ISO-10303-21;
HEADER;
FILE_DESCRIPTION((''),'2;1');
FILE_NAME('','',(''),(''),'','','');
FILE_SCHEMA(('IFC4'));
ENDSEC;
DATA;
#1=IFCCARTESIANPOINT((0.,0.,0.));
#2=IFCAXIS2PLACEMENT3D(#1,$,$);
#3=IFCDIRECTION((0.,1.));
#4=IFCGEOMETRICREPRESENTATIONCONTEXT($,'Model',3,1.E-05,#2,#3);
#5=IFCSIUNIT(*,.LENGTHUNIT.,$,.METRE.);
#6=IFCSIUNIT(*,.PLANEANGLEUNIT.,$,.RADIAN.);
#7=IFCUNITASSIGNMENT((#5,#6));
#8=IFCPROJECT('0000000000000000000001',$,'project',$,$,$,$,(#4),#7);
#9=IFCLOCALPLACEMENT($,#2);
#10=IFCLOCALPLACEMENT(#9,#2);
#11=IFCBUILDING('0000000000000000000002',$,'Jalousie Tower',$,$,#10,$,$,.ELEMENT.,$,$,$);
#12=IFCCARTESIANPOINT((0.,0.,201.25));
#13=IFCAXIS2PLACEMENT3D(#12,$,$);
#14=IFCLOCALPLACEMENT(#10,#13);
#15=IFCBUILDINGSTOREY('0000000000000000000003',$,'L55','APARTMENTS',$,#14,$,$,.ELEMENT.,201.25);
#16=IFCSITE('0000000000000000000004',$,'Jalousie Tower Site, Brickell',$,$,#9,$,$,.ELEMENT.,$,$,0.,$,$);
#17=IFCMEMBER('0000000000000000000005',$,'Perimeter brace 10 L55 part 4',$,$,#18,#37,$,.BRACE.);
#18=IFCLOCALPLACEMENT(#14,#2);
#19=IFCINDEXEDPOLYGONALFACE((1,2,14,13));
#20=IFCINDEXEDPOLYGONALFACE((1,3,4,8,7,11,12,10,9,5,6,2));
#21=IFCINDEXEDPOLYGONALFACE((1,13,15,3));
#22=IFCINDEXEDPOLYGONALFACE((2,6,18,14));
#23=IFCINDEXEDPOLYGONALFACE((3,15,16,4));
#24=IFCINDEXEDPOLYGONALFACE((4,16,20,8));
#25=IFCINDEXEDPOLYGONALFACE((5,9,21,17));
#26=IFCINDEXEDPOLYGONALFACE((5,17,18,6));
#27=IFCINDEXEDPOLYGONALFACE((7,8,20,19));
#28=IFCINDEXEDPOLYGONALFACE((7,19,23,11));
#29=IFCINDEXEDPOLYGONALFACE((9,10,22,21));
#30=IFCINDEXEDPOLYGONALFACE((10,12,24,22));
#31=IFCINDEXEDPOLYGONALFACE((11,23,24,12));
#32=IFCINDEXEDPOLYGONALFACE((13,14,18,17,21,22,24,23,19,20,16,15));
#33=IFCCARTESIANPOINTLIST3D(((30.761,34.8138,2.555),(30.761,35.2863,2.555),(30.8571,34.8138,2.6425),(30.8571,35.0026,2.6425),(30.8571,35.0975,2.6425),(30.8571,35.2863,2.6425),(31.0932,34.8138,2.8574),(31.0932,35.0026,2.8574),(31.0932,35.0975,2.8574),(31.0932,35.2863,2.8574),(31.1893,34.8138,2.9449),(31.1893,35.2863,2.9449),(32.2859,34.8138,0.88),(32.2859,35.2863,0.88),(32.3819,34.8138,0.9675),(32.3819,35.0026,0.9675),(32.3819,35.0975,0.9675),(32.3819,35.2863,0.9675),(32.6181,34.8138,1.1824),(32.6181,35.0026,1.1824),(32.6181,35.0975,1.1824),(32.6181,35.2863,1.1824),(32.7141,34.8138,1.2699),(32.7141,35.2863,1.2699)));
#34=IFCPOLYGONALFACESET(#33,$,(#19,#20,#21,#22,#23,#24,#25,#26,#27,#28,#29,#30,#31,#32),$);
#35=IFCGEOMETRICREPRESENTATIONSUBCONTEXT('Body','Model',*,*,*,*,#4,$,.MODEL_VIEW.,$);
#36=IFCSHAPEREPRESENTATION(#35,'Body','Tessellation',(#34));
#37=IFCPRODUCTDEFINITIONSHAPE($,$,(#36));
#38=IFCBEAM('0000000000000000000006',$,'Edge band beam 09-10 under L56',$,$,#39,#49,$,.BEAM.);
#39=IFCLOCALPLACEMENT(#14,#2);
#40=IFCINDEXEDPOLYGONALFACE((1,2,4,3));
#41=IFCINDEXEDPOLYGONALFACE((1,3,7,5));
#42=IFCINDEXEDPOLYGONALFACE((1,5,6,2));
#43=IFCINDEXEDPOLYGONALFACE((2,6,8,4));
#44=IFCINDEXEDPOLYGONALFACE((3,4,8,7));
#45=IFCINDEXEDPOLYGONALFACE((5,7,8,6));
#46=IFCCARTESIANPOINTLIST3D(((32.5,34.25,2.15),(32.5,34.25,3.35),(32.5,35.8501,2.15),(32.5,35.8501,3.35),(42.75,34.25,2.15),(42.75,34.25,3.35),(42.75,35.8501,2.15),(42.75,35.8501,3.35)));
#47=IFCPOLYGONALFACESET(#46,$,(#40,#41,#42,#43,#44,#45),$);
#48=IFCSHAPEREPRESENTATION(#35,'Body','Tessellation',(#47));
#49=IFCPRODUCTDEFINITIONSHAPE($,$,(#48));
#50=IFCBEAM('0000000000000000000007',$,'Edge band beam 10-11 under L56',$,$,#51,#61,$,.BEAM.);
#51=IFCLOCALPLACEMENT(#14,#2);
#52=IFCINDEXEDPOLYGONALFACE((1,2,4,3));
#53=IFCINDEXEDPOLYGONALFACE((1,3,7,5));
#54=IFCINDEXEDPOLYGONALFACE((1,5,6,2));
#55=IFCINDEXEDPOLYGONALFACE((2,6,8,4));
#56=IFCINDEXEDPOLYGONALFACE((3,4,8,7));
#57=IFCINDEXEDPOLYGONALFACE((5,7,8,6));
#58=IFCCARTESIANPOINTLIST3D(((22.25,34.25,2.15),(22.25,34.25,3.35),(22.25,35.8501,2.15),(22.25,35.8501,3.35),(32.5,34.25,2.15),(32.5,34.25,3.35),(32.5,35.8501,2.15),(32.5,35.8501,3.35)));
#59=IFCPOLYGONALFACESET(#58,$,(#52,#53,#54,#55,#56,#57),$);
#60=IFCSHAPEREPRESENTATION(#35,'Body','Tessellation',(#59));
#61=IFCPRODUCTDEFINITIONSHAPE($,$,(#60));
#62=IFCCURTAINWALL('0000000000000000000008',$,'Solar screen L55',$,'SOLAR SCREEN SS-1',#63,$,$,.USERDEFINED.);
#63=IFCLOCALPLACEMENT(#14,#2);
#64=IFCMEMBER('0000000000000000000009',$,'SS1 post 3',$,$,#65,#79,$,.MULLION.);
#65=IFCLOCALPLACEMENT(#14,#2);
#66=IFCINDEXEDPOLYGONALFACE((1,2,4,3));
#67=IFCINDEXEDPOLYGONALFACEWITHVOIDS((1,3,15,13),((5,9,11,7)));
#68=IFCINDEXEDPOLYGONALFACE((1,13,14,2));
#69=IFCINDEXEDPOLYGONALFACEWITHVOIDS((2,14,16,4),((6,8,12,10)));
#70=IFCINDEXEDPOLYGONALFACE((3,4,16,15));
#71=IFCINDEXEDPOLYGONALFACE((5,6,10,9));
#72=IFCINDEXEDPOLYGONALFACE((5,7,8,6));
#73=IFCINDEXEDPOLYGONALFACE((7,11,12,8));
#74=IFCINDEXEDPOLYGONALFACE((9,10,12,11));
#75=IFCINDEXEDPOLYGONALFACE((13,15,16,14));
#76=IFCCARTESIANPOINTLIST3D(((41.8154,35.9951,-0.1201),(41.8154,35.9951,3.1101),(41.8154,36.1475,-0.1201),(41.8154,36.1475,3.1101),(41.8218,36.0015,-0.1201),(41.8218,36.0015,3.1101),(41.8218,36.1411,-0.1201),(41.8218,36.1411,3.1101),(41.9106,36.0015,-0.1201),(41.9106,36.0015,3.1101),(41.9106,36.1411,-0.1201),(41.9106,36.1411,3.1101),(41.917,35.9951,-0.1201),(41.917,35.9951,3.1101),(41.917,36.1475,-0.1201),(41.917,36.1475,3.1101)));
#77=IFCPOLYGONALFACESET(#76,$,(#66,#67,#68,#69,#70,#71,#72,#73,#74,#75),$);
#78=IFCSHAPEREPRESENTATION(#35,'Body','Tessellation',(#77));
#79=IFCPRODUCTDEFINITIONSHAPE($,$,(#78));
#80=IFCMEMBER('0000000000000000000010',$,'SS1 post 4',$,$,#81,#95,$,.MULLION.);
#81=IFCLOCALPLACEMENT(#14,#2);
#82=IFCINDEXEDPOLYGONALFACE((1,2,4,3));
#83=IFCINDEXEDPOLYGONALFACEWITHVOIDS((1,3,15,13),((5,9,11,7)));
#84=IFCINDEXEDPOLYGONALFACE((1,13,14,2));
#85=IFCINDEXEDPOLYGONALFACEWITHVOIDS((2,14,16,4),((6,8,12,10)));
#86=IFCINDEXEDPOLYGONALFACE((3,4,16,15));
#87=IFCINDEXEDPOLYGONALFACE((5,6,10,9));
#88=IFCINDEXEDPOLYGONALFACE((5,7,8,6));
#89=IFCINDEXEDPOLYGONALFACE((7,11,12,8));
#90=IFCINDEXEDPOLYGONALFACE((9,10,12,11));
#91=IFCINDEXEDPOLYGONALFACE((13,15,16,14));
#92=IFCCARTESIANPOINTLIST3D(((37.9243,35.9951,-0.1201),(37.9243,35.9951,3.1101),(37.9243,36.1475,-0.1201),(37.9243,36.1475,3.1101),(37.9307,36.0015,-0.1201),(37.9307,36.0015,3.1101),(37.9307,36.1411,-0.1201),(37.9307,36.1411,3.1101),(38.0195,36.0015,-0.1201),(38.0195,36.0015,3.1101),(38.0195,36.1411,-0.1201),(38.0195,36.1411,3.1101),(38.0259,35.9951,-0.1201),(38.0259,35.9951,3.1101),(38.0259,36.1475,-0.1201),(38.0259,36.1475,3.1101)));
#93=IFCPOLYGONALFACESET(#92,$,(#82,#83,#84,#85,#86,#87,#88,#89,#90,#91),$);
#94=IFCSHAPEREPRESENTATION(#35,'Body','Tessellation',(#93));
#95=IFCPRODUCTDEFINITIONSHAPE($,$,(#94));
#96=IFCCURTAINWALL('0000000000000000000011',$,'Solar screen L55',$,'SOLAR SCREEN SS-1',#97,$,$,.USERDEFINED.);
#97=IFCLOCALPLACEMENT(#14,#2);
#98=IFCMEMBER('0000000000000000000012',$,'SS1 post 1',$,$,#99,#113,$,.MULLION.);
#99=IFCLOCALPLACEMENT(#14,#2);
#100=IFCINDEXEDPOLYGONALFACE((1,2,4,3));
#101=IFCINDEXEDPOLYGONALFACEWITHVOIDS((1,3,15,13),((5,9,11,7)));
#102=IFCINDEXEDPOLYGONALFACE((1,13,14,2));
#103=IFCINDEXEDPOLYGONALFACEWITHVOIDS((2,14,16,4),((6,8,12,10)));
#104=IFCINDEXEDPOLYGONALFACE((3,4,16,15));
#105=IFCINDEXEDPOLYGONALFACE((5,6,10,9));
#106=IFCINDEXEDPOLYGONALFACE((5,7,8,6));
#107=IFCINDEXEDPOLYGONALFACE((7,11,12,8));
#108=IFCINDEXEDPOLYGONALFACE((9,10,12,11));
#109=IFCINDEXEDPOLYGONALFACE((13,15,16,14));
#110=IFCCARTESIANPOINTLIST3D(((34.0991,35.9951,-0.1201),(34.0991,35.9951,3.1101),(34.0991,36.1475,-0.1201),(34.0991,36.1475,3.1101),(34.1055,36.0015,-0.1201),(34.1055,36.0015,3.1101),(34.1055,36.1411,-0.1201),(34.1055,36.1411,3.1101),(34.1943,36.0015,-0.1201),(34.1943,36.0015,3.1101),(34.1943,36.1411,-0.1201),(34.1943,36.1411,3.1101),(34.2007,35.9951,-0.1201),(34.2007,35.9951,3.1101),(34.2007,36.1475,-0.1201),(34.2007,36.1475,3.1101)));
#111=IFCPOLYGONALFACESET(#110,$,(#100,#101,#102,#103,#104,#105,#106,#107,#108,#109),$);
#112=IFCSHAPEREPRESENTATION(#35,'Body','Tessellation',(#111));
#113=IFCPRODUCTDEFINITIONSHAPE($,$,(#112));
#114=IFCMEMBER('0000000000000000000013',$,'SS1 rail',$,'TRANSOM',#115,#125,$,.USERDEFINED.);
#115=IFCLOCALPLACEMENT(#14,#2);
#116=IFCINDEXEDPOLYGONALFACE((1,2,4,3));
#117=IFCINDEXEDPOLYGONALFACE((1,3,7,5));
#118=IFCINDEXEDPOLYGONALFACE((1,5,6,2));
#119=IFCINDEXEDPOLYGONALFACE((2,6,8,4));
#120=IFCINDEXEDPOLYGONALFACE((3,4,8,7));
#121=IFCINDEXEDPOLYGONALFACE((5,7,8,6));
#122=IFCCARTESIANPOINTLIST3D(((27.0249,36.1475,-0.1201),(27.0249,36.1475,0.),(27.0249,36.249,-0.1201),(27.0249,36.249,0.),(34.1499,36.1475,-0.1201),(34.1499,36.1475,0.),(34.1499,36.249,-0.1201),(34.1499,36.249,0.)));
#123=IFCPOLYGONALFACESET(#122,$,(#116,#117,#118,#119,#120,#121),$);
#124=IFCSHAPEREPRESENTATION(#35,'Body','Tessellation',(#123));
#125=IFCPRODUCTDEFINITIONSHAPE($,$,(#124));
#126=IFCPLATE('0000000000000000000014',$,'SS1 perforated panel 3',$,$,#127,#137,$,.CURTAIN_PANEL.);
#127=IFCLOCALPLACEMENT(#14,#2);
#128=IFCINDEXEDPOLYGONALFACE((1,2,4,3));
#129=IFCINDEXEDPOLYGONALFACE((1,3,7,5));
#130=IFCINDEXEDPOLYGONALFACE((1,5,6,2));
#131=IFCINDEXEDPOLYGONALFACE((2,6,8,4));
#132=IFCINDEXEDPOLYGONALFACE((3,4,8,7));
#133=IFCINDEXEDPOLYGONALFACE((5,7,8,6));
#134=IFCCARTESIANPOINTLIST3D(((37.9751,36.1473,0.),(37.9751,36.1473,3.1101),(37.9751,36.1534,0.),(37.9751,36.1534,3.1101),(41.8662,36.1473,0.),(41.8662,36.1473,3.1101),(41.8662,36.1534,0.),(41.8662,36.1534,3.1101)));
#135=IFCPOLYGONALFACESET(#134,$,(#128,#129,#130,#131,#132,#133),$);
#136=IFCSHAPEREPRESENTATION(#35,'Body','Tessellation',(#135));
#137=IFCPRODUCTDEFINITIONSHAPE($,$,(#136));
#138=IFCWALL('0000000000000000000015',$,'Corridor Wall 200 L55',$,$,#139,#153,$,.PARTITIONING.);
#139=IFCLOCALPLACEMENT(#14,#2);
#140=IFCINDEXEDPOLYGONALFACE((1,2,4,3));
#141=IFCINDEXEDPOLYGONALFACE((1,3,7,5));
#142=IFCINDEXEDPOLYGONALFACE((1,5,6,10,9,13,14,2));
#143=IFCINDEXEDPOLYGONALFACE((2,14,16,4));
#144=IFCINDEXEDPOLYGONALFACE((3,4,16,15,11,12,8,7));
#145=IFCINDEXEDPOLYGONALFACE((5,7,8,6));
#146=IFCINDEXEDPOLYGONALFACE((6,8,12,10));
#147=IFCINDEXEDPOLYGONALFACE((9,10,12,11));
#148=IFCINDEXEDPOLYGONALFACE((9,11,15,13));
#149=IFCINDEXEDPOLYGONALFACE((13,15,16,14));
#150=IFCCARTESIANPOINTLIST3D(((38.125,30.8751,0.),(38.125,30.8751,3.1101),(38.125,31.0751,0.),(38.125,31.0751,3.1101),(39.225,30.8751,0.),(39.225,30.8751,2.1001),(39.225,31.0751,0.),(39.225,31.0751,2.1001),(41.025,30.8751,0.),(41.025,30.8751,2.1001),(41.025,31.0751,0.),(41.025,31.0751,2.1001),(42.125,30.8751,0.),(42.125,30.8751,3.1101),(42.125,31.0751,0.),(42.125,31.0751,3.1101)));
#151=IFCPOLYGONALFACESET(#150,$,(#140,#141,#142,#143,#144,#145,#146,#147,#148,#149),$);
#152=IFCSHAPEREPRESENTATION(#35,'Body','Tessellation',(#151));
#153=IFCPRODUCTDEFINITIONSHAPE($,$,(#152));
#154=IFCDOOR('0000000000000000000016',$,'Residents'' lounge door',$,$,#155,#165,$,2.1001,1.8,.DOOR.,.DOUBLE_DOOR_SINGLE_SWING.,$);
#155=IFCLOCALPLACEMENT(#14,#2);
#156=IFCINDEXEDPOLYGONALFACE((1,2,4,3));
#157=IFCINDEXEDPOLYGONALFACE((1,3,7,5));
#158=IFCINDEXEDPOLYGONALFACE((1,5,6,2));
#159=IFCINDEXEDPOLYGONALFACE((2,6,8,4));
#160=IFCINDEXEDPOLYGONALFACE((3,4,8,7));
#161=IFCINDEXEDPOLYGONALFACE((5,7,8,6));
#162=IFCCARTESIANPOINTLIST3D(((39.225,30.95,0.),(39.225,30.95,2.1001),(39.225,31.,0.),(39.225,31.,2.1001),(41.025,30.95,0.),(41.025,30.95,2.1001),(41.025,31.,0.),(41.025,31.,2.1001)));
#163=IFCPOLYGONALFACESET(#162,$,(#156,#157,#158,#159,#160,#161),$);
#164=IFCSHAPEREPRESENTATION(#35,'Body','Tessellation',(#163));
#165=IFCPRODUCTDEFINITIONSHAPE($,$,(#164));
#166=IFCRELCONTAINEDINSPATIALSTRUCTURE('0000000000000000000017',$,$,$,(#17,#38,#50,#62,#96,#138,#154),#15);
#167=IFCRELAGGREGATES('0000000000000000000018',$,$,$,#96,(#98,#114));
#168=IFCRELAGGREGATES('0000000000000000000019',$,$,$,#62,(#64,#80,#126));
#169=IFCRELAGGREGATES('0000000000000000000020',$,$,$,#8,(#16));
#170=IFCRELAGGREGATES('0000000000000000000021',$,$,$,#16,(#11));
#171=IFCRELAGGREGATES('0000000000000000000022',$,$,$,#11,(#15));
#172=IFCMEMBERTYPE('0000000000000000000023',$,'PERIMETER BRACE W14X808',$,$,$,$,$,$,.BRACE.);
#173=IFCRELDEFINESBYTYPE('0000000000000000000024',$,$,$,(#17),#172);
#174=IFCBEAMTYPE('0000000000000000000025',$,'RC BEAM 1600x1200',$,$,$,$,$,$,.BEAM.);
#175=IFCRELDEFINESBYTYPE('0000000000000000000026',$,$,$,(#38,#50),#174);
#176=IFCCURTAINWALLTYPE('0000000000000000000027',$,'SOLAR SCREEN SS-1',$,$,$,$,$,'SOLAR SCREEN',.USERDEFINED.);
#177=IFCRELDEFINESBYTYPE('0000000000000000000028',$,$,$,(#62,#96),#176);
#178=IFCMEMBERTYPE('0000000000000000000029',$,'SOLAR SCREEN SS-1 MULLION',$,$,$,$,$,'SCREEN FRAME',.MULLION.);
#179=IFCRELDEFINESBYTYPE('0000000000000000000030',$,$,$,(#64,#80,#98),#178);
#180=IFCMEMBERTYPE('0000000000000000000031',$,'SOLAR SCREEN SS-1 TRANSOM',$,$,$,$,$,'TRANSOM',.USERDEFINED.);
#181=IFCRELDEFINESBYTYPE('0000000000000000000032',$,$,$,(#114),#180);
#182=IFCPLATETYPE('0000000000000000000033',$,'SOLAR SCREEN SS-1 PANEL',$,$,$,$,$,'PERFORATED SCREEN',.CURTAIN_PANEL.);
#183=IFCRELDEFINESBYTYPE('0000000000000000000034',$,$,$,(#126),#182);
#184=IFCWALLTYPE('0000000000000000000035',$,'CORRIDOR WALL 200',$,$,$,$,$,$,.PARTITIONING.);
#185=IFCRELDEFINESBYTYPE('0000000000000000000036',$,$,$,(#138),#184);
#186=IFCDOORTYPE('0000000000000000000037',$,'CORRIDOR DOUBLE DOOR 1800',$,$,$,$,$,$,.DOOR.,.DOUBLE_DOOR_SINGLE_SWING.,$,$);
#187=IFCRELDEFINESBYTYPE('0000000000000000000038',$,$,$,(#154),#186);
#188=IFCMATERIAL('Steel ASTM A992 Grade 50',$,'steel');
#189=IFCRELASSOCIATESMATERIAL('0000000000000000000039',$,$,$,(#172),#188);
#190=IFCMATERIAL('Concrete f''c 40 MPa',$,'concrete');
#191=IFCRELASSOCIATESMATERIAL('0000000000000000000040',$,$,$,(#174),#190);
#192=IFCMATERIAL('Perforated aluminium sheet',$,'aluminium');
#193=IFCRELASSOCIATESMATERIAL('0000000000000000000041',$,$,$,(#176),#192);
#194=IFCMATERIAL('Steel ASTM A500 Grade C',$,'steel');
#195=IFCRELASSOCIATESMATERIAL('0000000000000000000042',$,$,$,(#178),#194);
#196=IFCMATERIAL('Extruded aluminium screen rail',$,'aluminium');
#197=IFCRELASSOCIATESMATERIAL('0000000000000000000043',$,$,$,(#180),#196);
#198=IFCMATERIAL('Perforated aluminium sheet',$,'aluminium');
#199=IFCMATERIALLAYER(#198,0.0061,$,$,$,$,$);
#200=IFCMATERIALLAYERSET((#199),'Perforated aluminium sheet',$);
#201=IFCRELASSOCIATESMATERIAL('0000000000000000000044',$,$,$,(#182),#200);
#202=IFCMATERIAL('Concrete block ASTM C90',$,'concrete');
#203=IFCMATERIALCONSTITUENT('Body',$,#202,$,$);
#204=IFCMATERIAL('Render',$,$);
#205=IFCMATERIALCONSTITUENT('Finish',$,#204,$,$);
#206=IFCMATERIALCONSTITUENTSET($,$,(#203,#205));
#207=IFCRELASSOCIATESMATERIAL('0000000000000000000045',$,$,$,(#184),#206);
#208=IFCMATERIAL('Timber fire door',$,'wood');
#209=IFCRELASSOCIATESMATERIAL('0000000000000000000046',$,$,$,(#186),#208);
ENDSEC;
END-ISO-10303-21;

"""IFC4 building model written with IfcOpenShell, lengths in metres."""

from ifc_helpers import new_model, si_unit, direction, frame, frame_2d, origin, origin_2d, place, context, subcontext, project, spatial, rectangle, hollow_rectangle, i_section, extrude, material, layer, layer_set, constituent, constituent_set, material_profile, profile_set, type_object, element, fill, aggregate, save


model = new_model("IFC4")

# Units and contexts
model_context = context("Model", 3, precision=1e-05, world=origin(), true_north=direction((0.0, 1.0)))
body_context = subcontext(model_context, "Body", "Model", "MODEL_VIEW")
ifc_project = project(units=[si_unit("LENGTHUNIT", "METRE"), si_unit("PLANEANGLEUNIT", "RADIAN")], contexts=[model_context])

# Site, building, storey
site_placement = place(None, origin())
site = spatial("IfcSite", under=ifc_project, at=site_placement, Name="Jalousie Tower Site, Brickell", CompositionType="ELEMENT", RefElevation=0.0)
building_placement = place(site_placement, origin())
building = spatial("IfcBuilding", under=site, at=building_placement, Name="Jalousie Tower", CompositionType="ELEMENT")
storey_placement = place(building_placement, frame((0.0, 0.0, 201.25)))
storey = spatial("IfcBuildingStorey", under=building, at=storey_placement, Name="L55", Description="APARTMENTS", CompositionType="ELEMENT", Elevation=201.25)

# Member
ifc_material_1 = material(Name="Steel ASTM A992 Grade 50", Category="steel")
ifc_material_profile_1 = material_profile(ifc_material_1, i_section(OverallWidth=0.4724, OverallDepth=0.5791, WebThickness=0.095, FlangeThickness=0.1299, at=origin_2d()), Name="W14X808")
ifc_profile_set_1 = profile_set([ifc_material_profile_1], Name="Steel ASTM A992 Grade 50")
member_type_1 = type_object("IfcMemberType", Name="PERIMETER BRACE W14X808", PredefinedType="BRACE", material=ifc_profile_set_1)
for number, where, z_axis, x_axis, name in (
    (1, (32.5, 35.05, 1.075), (-0.673188, 0.0, 0.739472), (0.0, -1.0, 0.0), "Perimeter brace 10 L55 part 4"),
):
    element("IfcMember", number, at=place(storey_placement, frame(where, z_axis=z_axis, x_axis=x_axis)), inside=storey, type_object=member_type_1, Name=name, PredefinedType="BRACE", context=body_context, shape_type="SweptSolid", body=[
        extrude(i_section(OverallWidth=0.4724, OverallDepth=0.5791, WebThickness=0.095, FlangeThickness=0.1299, at=origin_2d()), origin(), (0.0, 0.0, 1.0), 2.2651),
    ])

# Beams
ifc_material_2 = material(Name="Concrete f'c 40 MPa", Category="concrete")
ifc_material_profile_2 = material_profile(ifc_material_2, rectangle(XDim=1.6001, YDim=1.2, at=origin_2d()), Name="RC 1600x1200")
ifc_profile_set_2 = profile_set([ifc_material_profile_2], Name="Concrete f'c 40 MPa")
beam_type_1 = type_object("IfcBeamType", Name="RC BEAM 1600x1200", PredefinedType="BEAM", material=ifc_profile_set_2)
for number, where, z_axis, x_axis, name in (
    (2, (42.75, 35.05, 2.75), (-1.0, 0.0, 0.0), (0.0, -1.0, 0.0), "Edge band beam 09-10 under L56"),
    (3, (32.5, 35.05, 2.75), (-1.0, 0.0, 0.0), (0.0, -1.0, 0.0), "Edge band beam 10-11 under L56"),
):
    element("IfcBeam", number, at=place(storey_placement, frame(where, z_axis=z_axis, x_axis=x_axis)), inside=storey, type_object=beam_type_1, Name=name, PredefinedType="BEAM", context=body_context, shape_type="SweptSolid", body=[
        extrude(rectangle(XDim=1.6001, YDim=1.2, at=origin_2d()), origin(), (0.0, 0.0, 1.0), 10.25),
    ])

# Curtain walls, members
ifc_material_3 = material(Name="Perforated aluminium sheet", Category="aluminium")
curtain_wall_type = type_object("IfcCurtainWallType", Name="SOLAR SCREEN SS-1", ElementType="SOLAR SCREEN", PredefinedType="USERDEFINED", material=ifc_material_3)
curtain_wall_1_placement = place(storey_placement, origin())
curtain_wall_1 = element("IfcCurtainWall", 4, at=curtain_wall_1_placement, inside=storey, type_object=curtain_wall_type, Name="Solar screen L55", ObjectType="SOLAR SCREEN SS-1", PredefinedType="USERDEFINED")
ifc_material_4 = material(Name="Steel ASTM A500 Grade C", Category="steel")
ifc_material_profile_3 = material_profile(ifc_material_4, hollow_rectangle(XDim=0.1016, YDim=0.1523, WallThickness=0.0063, at=origin_2d()), Name="HSS6X4X1/4")
ifc_profile_set_3 = profile_set([ifc_material_profile_3], Name="Steel ASTM A500 Grade C")
member_type_2 = type_object("IfcMemberType", Name="SOLAR SCREEN SS-1 MULLION", ElementType="SCREEN FRAME", PredefinedType="MULLION", material=ifc_profile_set_3)
member_1_placement = place(storey_placement, frame((41.8662, 36.0713, -0.1201), z_axis=(0.0, 0.0, 1.0), x_axis=(-1.0, 0.0, 0.0)))
member_1 = element("IfcMember", 5, at=member_1_placement, type_object=member_type_2, Name="SS1 post 3", PredefinedType="MULLION", context=body_context, shape_type="SweptSolid", body=[
    extrude(hollow_rectangle(XDim=0.1016, YDim=0.1523, WallThickness=0.0063, at=origin_2d()), origin(), (0.0, 0.0, 1.0), 3.2302),
])
member_2_placement = place(storey_placement, frame((37.9751, 36.0713, -0.1201), z_axis=(0.0, 0.0, 1.0), x_axis=(-1.0, 0.0, 0.0)))
member_2 = element("IfcMember", 6, at=member_2_placement, type_object=member_type_2, Name="SS1 post 4", PredefinedType="MULLION", context=body_context, shape_type="SweptSolid", body=[
    extrude(hollow_rectangle(XDim=0.1016, YDim=0.1523, WallThickness=0.0063, at=origin_2d()), origin(), (0.0, 0.0, 1.0), 3.2302),
])
curtain_wall_2_placement = place(storey_placement, origin())
curtain_wall_2 = element("IfcCurtainWall", 7, at=curtain_wall_2_placement, inside=storey, type_object=curtain_wall_type, Name="Solar screen L55", ObjectType="SOLAR SCREEN SS-1", PredefinedType="USERDEFINED")
member_3_placement = place(storey_placement, frame((34.1499, 36.0713, -0.1201), z_axis=(0.0, 0.0, 1.0), x_axis=(-1.0, 0.0, 0.0)))
member_3 = element("IfcMember", 8, at=member_3_placement, type_object=member_type_2, Name="SS1 post 1", PredefinedType="MULLION", context=body_context, shape_type="SweptSolid", body=[
    extrude(hollow_rectangle(XDim=0.1016, YDim=0.1523, WallThickness=0.0063, at=origin_2d()), origin(), (0.0, 0.0, 1.0), 3.2302),
])
ifc_material_5 = material(Name="Extruded aluminium screen rail", Category="aluminium")
ifc_material_profile_4 = material_profile(ifc_material_5, rectangle(XDim=0.1016, YDim=0.1201, at=origin_2d()), Name="RAIL 102x120")
ifc_profile_set_4 = profile_set([ifc_material_profile_4], Name="Extruded aluminium screen rail")
member_type_3 = type_object("IfcMemberType", Name="SOLAR SCREEN SS-1 TRANSOM", ElementType="TRANSOM", PredefinedType="USERDEFINED", material=ifc_profile_set_4)
member_4_placement = place(storey_placement, frame((34.1499, 36.1982, -0.0601), z_axis=(-1.0, 0.0, 0.0), x_axis=(0.0, -1.0, 0.0)))
member_4 = element("IfcMember", 9, at=member_4_placement, type_object=member_type_3, Name="SS1 rail", ObjectType="TRANSOM", PredefinedType="USERDEFINED", context=body_context, shape_type="SweptSolid", body=[
    extrude(rectangle(XDim=0.1016, YDim=0.1201, at=origin_2d()), origin(), (0.0, 0.0, 1.0), 7.125),
])
aggregate(curtain_wall_2, [member_3, member_4])

# Plate
ifc_material_6 = material(Name="Perforated aluminium sheet", Category="aluminium")
ifc_layer_1 = layer(ifc_material_6, 0.0061)
ifc_layer_set_1 = layer_set([ifc_layer_1], Name="Perforated aluminium sheet")
plate_type = type_object("IfcPlateType", Name="SOLAR SCREEN SS-1 PANEL", ElementType="PERFORATED SCREEN", PredefinedType="CURTAIN_PANEL", material=ifc_layer_set_1)
plate_placement = place(storey_placement, frame((39.9207, 36.1504, 0.0), z_axis=(0.0, 0.0, 1.0), x_axis=(-1.0, 0.0, 0.0)))
plate = element("IfcPlate", 10, at=plate_placement, type_object=plate_type, Name="SS1 perforated panel 3", PredefinedType="CURTAIN_PANEL", context=body_context, shape_type="SweptSolid", body=[
    extrude(rectangle(XDim=3.8911, YDim=0.0061, at=origin_2d()), origin(), (0.0, 0.0, 1.0), 3.1101),
])
aggregate(curtain_wall_1, [member_1, member_2, plate])

# Wall, opening, door
ifc_material_7 = material(Name="Concrete block ASTM C90", Category="concrete")
ifc_constituent_1 = constituent(ifc_material_7, Name="Body")
ifc_material_8 = material(Name="Render")
ifc_constituent_2 = constituent(ifc_material_8, Name="Finish")
ifc_constituent_set_1 = constituent_set(constituents=[ifc_constituent_1, ifc_constituent_2])
wall_type_1 = type_object("IfcWallType", Name="CORRIDOR WALL 200", PredefinedType="PARTITIONING", material=ifc_constituent_set_1)
wall_1_placement = place(storey_placement, frame((38.125, 30.9751, 0.0), z_axis=(0.0, 0.0, 1.0), x_axis=(1.0, 0.0, 0.0)))
wall_1 = element("IfcWall", 11, at=wall_1_placement, inside=storey, type_object=wall_type_1, Name="Corridor Wall 200 L55", PredefinedType="PARTITIONING", context=body_context, shape_type="SweptSolid", body=[
    extrude(rectangle(XDim=4.0, YDim=0.2, at=frame_2d((2.0, 0.0))), origin(), (0.0, 0.0, 1.0), 3.1101),
])
opening_placement = place(wall_1_placement, frame((1.1001, 0.0, 0.0)))
opening = element("IfcOpeningElement", 12, at=opening_placement, cuts=wall_1, PredefinedType="OPENING", context=body_context, shape_type="SweptSolid", body=[
    extrude(rectangle(XDim=1.8, YDim=2.1001, at=frame_2d((0.8999, 1.05))), frame((0.0, 0.1099, 0.0), z_axis=(0.0, -1.0, 0.0), x_axis=(1.0, 0.0, 0.0)), (0.0, 0.0, 1.0), 0.22),
])
ifc_material_9 = material(Name="Timber fire door", Category="wood")
door_type = type_object("IfcDoorType", Name="CORRIDOR DOUBLE DOOR 1800", OperationType="DOUBLE_DOOR_SINGLE_SWING", PredefinedType="DOOR", material=ifc_material_9)
door_placement = place(opening_placement, origin())
door = element("IfcDoor", 13, at=door_placement, inside=storey, type_object=door_type, Name="Residents' lounge door", OperationType="DOUBLE_DOOR_SINGLE_SWING", OverallHeight=2.1001, OverallWidth=1.8, PredefinedType="DOOR", context=body_context, shape_type="SweptSolid", body=[
    extrude(rectangle(XDim=1.8, YDim=2.1001, at=frame_2d((0.8999, 1.05))), frame((0.0, 0.0249, 0.0), z_axis=(0.0, -1.0, 0.0), x_axis=(1.0, 0.0, 0.0)), (0.0, 0.0, 1.0), 0.05),
])
fill(opening, door)

save(model, "model.ifc")
